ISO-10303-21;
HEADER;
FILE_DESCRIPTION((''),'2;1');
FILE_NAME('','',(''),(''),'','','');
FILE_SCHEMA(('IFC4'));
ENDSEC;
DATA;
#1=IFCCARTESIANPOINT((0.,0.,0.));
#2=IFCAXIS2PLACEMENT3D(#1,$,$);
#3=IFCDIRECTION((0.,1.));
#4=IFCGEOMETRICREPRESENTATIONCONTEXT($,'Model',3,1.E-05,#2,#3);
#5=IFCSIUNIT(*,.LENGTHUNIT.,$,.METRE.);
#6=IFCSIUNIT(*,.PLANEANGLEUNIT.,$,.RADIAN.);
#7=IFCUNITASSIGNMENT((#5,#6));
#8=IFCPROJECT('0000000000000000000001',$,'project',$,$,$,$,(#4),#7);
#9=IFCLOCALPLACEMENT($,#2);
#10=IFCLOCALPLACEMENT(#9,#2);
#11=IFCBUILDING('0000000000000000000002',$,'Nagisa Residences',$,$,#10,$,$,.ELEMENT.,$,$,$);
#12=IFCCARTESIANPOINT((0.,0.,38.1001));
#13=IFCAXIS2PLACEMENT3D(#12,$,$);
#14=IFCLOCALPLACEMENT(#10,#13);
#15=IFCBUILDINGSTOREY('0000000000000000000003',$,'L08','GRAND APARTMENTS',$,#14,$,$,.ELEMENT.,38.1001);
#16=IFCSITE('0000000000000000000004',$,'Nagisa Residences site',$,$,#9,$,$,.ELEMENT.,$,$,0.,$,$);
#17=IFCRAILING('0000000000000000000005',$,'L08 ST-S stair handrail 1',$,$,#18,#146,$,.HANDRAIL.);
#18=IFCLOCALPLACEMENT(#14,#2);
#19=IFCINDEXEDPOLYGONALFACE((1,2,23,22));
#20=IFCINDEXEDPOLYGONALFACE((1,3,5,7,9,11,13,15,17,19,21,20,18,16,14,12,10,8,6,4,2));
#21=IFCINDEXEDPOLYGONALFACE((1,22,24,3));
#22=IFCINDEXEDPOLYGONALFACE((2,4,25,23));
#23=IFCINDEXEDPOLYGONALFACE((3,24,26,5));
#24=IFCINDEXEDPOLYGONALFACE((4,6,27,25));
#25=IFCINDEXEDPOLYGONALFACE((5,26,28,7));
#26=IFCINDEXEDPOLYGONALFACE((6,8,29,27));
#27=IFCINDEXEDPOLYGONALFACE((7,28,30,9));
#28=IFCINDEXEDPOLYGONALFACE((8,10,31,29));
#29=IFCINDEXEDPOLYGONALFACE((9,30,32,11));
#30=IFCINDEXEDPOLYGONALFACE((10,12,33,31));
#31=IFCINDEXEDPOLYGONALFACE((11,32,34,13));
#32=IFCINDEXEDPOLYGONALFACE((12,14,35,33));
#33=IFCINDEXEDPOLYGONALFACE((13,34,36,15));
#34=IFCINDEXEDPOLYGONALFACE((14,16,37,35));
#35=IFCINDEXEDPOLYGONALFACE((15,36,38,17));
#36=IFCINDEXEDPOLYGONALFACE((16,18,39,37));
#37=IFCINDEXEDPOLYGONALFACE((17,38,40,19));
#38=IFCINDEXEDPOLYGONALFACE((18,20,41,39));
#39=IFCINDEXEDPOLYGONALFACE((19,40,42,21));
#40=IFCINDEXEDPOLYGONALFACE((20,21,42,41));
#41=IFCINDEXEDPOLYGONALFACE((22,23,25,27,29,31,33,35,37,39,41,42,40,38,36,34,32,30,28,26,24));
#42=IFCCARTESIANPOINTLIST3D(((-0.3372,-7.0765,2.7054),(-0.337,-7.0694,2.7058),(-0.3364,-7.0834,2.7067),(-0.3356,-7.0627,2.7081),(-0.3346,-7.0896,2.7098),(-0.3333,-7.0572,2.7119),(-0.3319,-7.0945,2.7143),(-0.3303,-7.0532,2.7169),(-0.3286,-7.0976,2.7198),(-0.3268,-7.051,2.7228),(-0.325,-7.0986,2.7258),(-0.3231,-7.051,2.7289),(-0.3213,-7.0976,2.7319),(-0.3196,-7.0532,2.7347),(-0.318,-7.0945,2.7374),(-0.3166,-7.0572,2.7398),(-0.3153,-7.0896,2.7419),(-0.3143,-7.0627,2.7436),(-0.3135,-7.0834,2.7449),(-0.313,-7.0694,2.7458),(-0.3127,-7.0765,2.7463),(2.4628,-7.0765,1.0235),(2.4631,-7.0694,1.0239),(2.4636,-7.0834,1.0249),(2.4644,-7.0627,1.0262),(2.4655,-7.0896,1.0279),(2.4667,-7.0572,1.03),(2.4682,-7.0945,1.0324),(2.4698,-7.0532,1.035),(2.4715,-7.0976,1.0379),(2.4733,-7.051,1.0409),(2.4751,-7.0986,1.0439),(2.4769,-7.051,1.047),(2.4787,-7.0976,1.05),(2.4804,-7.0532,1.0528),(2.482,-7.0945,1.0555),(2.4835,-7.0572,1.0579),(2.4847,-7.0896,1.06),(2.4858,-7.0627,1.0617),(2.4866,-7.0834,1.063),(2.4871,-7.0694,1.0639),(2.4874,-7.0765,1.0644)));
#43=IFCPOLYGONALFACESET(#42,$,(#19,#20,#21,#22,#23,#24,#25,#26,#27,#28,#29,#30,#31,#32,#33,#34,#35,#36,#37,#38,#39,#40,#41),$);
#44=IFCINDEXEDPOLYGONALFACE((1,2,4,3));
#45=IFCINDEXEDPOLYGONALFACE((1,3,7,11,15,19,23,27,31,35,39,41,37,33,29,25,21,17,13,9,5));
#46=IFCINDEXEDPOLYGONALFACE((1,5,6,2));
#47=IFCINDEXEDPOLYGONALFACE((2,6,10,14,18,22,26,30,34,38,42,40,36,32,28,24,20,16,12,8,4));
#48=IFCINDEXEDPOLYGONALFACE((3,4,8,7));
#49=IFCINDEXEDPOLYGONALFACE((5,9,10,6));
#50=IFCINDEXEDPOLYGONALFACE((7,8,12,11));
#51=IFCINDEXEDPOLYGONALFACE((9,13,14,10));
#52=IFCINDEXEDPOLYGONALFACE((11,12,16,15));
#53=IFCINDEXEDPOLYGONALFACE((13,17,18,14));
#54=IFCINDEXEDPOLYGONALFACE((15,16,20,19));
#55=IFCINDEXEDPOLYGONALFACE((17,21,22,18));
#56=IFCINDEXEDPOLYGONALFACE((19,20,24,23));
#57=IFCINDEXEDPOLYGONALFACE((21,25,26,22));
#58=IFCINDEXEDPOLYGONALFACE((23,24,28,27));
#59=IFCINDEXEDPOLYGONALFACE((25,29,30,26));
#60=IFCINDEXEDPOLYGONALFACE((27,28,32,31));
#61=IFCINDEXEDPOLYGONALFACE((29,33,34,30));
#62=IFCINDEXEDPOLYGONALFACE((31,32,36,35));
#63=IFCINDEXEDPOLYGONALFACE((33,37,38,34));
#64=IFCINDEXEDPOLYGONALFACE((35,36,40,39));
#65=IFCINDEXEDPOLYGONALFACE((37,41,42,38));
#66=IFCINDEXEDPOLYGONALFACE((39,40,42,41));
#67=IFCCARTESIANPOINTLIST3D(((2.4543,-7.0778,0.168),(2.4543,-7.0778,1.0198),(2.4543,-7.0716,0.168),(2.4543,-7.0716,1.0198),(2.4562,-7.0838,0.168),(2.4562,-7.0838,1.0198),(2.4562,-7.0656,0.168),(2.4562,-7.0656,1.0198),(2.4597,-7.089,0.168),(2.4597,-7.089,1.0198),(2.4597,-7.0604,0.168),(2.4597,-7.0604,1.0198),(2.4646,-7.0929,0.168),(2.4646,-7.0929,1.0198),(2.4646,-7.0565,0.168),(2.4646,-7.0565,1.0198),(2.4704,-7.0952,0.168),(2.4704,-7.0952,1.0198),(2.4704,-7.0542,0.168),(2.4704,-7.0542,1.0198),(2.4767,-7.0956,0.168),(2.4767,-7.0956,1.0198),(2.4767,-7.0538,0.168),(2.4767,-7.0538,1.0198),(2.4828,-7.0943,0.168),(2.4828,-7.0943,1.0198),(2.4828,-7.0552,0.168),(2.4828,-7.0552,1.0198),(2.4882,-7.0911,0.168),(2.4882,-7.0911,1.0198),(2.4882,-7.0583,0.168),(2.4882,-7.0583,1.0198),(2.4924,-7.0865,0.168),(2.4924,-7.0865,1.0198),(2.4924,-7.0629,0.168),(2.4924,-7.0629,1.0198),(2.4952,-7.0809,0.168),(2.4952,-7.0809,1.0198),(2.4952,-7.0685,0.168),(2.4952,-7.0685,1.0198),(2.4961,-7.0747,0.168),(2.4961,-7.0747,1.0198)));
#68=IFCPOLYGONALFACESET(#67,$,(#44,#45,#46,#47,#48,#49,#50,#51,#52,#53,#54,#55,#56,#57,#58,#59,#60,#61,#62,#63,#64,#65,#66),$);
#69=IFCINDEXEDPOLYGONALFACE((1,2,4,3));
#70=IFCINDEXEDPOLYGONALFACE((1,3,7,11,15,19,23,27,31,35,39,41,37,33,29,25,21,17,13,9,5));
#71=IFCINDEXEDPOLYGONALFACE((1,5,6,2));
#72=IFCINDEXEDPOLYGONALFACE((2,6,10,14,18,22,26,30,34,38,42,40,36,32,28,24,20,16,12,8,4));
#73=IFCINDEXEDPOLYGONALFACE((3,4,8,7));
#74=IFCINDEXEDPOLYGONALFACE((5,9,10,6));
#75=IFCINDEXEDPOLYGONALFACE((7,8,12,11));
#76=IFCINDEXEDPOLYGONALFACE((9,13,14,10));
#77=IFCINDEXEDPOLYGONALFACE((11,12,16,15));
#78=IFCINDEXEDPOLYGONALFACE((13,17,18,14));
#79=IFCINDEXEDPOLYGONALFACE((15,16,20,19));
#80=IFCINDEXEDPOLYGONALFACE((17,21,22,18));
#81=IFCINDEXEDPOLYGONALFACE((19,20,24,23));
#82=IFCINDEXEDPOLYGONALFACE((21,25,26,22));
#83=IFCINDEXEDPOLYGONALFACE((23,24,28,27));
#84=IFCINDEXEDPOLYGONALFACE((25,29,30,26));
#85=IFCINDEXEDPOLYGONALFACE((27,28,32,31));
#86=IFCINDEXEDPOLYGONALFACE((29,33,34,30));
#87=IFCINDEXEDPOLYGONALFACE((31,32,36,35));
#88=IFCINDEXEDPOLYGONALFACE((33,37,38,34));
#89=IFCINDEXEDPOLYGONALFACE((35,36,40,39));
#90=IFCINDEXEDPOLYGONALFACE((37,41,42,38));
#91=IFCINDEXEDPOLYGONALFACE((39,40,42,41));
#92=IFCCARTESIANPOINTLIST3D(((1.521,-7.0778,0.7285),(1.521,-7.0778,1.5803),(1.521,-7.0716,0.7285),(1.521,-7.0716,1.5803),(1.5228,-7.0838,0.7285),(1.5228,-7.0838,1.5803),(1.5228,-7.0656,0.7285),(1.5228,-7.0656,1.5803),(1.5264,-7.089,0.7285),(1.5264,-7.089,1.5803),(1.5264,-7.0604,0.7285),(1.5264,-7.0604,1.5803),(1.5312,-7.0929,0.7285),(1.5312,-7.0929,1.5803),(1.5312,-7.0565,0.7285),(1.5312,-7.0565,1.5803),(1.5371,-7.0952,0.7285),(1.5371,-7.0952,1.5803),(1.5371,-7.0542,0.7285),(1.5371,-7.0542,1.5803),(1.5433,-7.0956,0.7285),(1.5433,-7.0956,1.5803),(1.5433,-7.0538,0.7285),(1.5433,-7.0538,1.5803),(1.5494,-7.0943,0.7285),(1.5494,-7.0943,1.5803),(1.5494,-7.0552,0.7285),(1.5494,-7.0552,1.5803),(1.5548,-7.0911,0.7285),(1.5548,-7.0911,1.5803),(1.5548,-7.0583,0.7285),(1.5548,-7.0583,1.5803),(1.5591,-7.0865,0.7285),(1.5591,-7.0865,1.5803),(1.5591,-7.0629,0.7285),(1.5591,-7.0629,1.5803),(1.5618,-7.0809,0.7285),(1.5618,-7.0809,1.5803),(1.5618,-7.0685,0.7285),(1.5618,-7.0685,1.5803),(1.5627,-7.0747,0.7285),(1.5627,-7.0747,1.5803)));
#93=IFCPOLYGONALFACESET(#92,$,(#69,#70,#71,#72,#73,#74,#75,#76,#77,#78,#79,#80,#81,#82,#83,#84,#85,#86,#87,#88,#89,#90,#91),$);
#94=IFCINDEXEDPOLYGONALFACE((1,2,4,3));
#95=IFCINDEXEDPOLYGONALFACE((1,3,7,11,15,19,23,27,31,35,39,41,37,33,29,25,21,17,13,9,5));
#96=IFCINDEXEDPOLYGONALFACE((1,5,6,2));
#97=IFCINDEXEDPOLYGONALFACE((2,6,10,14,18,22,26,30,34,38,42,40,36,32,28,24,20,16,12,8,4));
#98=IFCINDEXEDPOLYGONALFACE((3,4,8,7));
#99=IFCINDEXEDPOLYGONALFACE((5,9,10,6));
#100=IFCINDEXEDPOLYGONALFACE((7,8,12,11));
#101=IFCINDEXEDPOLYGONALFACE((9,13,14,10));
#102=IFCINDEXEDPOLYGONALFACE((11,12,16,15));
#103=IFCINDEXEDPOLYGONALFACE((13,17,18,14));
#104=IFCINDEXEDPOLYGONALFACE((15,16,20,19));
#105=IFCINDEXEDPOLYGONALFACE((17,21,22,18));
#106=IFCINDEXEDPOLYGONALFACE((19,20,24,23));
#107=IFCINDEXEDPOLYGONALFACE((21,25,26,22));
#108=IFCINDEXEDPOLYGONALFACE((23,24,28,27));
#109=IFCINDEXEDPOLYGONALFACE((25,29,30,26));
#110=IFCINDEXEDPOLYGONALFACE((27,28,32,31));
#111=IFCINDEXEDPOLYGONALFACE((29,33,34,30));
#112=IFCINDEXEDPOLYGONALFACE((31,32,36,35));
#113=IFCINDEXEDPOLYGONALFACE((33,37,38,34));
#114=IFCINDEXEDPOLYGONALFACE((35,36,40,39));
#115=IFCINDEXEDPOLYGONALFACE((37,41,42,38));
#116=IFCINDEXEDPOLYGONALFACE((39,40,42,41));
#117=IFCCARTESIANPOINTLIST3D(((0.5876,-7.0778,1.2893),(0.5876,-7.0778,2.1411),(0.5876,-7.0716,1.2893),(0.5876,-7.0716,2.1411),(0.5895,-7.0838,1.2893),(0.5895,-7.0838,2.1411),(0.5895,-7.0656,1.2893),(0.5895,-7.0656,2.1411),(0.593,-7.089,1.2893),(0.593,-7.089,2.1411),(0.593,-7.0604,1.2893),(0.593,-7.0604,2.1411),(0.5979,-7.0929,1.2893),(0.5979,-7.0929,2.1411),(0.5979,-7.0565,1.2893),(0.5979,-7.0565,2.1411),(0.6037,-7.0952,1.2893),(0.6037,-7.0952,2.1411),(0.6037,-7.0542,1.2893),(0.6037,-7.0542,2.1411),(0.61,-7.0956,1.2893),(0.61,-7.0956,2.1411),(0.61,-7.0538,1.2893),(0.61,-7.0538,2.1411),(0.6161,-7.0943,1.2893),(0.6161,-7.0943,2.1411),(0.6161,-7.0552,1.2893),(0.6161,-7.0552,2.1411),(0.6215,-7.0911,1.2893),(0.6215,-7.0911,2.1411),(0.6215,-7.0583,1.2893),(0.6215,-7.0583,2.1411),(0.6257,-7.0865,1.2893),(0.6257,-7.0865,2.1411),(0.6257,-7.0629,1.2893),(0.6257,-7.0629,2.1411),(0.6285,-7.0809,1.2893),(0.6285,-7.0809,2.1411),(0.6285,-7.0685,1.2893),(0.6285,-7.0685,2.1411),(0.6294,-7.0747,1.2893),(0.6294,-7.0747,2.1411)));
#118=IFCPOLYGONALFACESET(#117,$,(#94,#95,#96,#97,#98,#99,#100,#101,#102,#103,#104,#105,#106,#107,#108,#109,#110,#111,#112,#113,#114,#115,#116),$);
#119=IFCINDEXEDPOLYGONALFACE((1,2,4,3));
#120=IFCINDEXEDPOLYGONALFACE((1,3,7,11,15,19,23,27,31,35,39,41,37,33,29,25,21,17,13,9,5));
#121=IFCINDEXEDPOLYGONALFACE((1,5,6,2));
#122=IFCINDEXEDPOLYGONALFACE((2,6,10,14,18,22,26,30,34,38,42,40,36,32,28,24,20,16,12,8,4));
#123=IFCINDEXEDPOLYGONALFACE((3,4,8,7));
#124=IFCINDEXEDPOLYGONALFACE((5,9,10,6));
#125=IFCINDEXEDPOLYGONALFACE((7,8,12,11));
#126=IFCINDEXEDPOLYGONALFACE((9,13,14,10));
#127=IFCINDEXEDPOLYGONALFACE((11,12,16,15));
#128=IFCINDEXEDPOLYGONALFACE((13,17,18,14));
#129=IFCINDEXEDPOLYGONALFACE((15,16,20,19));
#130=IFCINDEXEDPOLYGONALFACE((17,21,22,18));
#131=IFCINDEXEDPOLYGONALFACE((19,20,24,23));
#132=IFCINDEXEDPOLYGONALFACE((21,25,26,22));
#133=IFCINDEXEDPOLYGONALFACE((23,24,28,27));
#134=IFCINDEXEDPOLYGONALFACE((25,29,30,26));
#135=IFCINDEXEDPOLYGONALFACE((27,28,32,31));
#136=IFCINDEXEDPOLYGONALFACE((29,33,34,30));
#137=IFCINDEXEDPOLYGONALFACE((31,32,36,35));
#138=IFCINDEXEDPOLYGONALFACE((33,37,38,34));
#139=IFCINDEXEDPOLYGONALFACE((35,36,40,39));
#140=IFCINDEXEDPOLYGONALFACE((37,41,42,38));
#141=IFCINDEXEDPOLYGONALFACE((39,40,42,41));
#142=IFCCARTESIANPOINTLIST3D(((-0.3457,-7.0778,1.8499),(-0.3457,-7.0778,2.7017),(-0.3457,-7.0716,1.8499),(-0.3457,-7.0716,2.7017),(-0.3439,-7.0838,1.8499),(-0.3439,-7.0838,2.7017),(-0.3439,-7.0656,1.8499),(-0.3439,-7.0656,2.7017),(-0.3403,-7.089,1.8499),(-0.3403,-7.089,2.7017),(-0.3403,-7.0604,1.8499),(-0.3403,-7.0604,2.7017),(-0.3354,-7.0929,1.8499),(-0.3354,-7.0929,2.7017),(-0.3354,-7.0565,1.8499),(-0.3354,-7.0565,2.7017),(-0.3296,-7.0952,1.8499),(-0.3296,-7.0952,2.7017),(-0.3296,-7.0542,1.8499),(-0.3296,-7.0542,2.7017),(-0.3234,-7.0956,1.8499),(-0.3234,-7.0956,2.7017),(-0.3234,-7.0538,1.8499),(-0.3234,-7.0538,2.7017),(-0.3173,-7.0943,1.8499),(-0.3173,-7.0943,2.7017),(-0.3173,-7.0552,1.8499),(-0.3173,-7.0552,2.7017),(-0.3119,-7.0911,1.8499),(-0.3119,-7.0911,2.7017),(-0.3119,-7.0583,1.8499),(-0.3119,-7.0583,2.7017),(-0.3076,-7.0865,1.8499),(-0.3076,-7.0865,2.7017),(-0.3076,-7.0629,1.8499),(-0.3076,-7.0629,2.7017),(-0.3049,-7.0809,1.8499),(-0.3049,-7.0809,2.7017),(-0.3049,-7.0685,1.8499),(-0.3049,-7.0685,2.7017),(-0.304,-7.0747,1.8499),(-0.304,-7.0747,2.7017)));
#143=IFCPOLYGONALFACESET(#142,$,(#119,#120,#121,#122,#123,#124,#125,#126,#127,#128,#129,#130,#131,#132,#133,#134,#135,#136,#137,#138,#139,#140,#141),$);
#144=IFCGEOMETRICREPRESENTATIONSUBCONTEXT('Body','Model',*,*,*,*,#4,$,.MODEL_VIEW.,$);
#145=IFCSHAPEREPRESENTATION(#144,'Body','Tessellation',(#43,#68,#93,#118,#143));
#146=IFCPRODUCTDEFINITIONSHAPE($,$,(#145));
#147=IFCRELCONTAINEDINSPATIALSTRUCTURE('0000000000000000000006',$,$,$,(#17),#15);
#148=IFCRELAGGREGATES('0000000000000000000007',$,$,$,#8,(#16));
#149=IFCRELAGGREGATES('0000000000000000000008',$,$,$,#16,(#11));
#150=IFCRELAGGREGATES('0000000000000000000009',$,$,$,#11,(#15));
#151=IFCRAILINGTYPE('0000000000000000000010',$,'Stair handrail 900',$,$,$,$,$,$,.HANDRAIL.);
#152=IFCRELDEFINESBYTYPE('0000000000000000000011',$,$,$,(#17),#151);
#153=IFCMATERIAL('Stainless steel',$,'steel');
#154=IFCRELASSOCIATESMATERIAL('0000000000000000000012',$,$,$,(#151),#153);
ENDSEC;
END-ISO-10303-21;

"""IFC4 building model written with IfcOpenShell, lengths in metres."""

from ifc_helpers import new_model, si_unit, direction, frame, origin, origin_2d, place, context, subcontext, project, spatial, circle, extrude, material, type_object, element, save


model = new_model("IFC4")

# Units and contexts
model_context = context("Model", 3, precision=1e-05, world=origin(), true_north=direction((0.0, 1.0)))
body_context = subcontext(model_context, "Body", "Model", "MODEL_VIEW")
ifc_project = project(units=[si_unit("LENGTHUNIT", "METRE"), si_unit("PLANEANGLEUNIT", "RADIAN")], contexts=[model_context])

# Site, building, storey
site_placement = place(None, origin())
site = spatial("IfcSite", under=ifc_project, at=site_placement, Name="Nagisa Residences site", CompositionType="ELEMENT", RefElevation=0.0)
building_placement = place(site_placement, origin())
building = spatial("IfcBuilding", under=site, at=building_placement, Name="Nagisa Residences", CompositionType="ELEMENT")
storey_placement = place(building_placement, frame((0.0, 0.0, 38.1001)))
storey = spatial("IfcBuildingStorey", under=building, at=storey_placement, Name="L08", Description="GRAND APARTMENTS", CompositionType="ELEMENT", Elevation=38.1001)

# Railing
ifc_material_1 = material(Name="Stainless steel", Category="steel")
railing_type = type_object("IfcRailingType", Name="Stair handrail 900", PredefinedType="HANDRAIL", material=ifc_material_1)
railing_1_placement = place(storey_placement, frame((2.4751, -7.0747, 0.168)))
element("IfcRailing", 1, at=railing_1_placement, inside=storey, type_object=railing_type, Name="L08 ST-S stair handrail 1", PredefinedType="HANDRAIL", context=body_context, shape_type="SweptSolid", body=[
    extrude(circle(Radius=0.0239, at=origin_2d()), frame((0.0, 0.0, 0.876), z_axis=(-0.857242, 0.0, 0.514913), x_axis=(0.0, -1.0, 0.0)), (0.0, 0.0, 1.0), 3.2664),
    extrude(circle(Radius=0.021, at=origin_2d()), origin(), (0.0, 0.0, 1.0), 0.8518),
    extrude(circle(Radius=0.021, at=origin_2d()), frame((-0.9333, 0.0, 0.5605)), (0.0, 0.0, 1.0), 0.8518),
    extrude(circle(Radius=0.021, at=origin_2d()), frame((-1.8667, 0.0, 1.1213)), (0.0, 0.0, 1.0), 0.8518),
    extrude(circle(Radius=0.021, at=origin_2d()), frame((-2.8, 0.0, 1.6819)), (0.0, 0.0, 1.0), 0.8518),
])

save(model, "model.ifc")
